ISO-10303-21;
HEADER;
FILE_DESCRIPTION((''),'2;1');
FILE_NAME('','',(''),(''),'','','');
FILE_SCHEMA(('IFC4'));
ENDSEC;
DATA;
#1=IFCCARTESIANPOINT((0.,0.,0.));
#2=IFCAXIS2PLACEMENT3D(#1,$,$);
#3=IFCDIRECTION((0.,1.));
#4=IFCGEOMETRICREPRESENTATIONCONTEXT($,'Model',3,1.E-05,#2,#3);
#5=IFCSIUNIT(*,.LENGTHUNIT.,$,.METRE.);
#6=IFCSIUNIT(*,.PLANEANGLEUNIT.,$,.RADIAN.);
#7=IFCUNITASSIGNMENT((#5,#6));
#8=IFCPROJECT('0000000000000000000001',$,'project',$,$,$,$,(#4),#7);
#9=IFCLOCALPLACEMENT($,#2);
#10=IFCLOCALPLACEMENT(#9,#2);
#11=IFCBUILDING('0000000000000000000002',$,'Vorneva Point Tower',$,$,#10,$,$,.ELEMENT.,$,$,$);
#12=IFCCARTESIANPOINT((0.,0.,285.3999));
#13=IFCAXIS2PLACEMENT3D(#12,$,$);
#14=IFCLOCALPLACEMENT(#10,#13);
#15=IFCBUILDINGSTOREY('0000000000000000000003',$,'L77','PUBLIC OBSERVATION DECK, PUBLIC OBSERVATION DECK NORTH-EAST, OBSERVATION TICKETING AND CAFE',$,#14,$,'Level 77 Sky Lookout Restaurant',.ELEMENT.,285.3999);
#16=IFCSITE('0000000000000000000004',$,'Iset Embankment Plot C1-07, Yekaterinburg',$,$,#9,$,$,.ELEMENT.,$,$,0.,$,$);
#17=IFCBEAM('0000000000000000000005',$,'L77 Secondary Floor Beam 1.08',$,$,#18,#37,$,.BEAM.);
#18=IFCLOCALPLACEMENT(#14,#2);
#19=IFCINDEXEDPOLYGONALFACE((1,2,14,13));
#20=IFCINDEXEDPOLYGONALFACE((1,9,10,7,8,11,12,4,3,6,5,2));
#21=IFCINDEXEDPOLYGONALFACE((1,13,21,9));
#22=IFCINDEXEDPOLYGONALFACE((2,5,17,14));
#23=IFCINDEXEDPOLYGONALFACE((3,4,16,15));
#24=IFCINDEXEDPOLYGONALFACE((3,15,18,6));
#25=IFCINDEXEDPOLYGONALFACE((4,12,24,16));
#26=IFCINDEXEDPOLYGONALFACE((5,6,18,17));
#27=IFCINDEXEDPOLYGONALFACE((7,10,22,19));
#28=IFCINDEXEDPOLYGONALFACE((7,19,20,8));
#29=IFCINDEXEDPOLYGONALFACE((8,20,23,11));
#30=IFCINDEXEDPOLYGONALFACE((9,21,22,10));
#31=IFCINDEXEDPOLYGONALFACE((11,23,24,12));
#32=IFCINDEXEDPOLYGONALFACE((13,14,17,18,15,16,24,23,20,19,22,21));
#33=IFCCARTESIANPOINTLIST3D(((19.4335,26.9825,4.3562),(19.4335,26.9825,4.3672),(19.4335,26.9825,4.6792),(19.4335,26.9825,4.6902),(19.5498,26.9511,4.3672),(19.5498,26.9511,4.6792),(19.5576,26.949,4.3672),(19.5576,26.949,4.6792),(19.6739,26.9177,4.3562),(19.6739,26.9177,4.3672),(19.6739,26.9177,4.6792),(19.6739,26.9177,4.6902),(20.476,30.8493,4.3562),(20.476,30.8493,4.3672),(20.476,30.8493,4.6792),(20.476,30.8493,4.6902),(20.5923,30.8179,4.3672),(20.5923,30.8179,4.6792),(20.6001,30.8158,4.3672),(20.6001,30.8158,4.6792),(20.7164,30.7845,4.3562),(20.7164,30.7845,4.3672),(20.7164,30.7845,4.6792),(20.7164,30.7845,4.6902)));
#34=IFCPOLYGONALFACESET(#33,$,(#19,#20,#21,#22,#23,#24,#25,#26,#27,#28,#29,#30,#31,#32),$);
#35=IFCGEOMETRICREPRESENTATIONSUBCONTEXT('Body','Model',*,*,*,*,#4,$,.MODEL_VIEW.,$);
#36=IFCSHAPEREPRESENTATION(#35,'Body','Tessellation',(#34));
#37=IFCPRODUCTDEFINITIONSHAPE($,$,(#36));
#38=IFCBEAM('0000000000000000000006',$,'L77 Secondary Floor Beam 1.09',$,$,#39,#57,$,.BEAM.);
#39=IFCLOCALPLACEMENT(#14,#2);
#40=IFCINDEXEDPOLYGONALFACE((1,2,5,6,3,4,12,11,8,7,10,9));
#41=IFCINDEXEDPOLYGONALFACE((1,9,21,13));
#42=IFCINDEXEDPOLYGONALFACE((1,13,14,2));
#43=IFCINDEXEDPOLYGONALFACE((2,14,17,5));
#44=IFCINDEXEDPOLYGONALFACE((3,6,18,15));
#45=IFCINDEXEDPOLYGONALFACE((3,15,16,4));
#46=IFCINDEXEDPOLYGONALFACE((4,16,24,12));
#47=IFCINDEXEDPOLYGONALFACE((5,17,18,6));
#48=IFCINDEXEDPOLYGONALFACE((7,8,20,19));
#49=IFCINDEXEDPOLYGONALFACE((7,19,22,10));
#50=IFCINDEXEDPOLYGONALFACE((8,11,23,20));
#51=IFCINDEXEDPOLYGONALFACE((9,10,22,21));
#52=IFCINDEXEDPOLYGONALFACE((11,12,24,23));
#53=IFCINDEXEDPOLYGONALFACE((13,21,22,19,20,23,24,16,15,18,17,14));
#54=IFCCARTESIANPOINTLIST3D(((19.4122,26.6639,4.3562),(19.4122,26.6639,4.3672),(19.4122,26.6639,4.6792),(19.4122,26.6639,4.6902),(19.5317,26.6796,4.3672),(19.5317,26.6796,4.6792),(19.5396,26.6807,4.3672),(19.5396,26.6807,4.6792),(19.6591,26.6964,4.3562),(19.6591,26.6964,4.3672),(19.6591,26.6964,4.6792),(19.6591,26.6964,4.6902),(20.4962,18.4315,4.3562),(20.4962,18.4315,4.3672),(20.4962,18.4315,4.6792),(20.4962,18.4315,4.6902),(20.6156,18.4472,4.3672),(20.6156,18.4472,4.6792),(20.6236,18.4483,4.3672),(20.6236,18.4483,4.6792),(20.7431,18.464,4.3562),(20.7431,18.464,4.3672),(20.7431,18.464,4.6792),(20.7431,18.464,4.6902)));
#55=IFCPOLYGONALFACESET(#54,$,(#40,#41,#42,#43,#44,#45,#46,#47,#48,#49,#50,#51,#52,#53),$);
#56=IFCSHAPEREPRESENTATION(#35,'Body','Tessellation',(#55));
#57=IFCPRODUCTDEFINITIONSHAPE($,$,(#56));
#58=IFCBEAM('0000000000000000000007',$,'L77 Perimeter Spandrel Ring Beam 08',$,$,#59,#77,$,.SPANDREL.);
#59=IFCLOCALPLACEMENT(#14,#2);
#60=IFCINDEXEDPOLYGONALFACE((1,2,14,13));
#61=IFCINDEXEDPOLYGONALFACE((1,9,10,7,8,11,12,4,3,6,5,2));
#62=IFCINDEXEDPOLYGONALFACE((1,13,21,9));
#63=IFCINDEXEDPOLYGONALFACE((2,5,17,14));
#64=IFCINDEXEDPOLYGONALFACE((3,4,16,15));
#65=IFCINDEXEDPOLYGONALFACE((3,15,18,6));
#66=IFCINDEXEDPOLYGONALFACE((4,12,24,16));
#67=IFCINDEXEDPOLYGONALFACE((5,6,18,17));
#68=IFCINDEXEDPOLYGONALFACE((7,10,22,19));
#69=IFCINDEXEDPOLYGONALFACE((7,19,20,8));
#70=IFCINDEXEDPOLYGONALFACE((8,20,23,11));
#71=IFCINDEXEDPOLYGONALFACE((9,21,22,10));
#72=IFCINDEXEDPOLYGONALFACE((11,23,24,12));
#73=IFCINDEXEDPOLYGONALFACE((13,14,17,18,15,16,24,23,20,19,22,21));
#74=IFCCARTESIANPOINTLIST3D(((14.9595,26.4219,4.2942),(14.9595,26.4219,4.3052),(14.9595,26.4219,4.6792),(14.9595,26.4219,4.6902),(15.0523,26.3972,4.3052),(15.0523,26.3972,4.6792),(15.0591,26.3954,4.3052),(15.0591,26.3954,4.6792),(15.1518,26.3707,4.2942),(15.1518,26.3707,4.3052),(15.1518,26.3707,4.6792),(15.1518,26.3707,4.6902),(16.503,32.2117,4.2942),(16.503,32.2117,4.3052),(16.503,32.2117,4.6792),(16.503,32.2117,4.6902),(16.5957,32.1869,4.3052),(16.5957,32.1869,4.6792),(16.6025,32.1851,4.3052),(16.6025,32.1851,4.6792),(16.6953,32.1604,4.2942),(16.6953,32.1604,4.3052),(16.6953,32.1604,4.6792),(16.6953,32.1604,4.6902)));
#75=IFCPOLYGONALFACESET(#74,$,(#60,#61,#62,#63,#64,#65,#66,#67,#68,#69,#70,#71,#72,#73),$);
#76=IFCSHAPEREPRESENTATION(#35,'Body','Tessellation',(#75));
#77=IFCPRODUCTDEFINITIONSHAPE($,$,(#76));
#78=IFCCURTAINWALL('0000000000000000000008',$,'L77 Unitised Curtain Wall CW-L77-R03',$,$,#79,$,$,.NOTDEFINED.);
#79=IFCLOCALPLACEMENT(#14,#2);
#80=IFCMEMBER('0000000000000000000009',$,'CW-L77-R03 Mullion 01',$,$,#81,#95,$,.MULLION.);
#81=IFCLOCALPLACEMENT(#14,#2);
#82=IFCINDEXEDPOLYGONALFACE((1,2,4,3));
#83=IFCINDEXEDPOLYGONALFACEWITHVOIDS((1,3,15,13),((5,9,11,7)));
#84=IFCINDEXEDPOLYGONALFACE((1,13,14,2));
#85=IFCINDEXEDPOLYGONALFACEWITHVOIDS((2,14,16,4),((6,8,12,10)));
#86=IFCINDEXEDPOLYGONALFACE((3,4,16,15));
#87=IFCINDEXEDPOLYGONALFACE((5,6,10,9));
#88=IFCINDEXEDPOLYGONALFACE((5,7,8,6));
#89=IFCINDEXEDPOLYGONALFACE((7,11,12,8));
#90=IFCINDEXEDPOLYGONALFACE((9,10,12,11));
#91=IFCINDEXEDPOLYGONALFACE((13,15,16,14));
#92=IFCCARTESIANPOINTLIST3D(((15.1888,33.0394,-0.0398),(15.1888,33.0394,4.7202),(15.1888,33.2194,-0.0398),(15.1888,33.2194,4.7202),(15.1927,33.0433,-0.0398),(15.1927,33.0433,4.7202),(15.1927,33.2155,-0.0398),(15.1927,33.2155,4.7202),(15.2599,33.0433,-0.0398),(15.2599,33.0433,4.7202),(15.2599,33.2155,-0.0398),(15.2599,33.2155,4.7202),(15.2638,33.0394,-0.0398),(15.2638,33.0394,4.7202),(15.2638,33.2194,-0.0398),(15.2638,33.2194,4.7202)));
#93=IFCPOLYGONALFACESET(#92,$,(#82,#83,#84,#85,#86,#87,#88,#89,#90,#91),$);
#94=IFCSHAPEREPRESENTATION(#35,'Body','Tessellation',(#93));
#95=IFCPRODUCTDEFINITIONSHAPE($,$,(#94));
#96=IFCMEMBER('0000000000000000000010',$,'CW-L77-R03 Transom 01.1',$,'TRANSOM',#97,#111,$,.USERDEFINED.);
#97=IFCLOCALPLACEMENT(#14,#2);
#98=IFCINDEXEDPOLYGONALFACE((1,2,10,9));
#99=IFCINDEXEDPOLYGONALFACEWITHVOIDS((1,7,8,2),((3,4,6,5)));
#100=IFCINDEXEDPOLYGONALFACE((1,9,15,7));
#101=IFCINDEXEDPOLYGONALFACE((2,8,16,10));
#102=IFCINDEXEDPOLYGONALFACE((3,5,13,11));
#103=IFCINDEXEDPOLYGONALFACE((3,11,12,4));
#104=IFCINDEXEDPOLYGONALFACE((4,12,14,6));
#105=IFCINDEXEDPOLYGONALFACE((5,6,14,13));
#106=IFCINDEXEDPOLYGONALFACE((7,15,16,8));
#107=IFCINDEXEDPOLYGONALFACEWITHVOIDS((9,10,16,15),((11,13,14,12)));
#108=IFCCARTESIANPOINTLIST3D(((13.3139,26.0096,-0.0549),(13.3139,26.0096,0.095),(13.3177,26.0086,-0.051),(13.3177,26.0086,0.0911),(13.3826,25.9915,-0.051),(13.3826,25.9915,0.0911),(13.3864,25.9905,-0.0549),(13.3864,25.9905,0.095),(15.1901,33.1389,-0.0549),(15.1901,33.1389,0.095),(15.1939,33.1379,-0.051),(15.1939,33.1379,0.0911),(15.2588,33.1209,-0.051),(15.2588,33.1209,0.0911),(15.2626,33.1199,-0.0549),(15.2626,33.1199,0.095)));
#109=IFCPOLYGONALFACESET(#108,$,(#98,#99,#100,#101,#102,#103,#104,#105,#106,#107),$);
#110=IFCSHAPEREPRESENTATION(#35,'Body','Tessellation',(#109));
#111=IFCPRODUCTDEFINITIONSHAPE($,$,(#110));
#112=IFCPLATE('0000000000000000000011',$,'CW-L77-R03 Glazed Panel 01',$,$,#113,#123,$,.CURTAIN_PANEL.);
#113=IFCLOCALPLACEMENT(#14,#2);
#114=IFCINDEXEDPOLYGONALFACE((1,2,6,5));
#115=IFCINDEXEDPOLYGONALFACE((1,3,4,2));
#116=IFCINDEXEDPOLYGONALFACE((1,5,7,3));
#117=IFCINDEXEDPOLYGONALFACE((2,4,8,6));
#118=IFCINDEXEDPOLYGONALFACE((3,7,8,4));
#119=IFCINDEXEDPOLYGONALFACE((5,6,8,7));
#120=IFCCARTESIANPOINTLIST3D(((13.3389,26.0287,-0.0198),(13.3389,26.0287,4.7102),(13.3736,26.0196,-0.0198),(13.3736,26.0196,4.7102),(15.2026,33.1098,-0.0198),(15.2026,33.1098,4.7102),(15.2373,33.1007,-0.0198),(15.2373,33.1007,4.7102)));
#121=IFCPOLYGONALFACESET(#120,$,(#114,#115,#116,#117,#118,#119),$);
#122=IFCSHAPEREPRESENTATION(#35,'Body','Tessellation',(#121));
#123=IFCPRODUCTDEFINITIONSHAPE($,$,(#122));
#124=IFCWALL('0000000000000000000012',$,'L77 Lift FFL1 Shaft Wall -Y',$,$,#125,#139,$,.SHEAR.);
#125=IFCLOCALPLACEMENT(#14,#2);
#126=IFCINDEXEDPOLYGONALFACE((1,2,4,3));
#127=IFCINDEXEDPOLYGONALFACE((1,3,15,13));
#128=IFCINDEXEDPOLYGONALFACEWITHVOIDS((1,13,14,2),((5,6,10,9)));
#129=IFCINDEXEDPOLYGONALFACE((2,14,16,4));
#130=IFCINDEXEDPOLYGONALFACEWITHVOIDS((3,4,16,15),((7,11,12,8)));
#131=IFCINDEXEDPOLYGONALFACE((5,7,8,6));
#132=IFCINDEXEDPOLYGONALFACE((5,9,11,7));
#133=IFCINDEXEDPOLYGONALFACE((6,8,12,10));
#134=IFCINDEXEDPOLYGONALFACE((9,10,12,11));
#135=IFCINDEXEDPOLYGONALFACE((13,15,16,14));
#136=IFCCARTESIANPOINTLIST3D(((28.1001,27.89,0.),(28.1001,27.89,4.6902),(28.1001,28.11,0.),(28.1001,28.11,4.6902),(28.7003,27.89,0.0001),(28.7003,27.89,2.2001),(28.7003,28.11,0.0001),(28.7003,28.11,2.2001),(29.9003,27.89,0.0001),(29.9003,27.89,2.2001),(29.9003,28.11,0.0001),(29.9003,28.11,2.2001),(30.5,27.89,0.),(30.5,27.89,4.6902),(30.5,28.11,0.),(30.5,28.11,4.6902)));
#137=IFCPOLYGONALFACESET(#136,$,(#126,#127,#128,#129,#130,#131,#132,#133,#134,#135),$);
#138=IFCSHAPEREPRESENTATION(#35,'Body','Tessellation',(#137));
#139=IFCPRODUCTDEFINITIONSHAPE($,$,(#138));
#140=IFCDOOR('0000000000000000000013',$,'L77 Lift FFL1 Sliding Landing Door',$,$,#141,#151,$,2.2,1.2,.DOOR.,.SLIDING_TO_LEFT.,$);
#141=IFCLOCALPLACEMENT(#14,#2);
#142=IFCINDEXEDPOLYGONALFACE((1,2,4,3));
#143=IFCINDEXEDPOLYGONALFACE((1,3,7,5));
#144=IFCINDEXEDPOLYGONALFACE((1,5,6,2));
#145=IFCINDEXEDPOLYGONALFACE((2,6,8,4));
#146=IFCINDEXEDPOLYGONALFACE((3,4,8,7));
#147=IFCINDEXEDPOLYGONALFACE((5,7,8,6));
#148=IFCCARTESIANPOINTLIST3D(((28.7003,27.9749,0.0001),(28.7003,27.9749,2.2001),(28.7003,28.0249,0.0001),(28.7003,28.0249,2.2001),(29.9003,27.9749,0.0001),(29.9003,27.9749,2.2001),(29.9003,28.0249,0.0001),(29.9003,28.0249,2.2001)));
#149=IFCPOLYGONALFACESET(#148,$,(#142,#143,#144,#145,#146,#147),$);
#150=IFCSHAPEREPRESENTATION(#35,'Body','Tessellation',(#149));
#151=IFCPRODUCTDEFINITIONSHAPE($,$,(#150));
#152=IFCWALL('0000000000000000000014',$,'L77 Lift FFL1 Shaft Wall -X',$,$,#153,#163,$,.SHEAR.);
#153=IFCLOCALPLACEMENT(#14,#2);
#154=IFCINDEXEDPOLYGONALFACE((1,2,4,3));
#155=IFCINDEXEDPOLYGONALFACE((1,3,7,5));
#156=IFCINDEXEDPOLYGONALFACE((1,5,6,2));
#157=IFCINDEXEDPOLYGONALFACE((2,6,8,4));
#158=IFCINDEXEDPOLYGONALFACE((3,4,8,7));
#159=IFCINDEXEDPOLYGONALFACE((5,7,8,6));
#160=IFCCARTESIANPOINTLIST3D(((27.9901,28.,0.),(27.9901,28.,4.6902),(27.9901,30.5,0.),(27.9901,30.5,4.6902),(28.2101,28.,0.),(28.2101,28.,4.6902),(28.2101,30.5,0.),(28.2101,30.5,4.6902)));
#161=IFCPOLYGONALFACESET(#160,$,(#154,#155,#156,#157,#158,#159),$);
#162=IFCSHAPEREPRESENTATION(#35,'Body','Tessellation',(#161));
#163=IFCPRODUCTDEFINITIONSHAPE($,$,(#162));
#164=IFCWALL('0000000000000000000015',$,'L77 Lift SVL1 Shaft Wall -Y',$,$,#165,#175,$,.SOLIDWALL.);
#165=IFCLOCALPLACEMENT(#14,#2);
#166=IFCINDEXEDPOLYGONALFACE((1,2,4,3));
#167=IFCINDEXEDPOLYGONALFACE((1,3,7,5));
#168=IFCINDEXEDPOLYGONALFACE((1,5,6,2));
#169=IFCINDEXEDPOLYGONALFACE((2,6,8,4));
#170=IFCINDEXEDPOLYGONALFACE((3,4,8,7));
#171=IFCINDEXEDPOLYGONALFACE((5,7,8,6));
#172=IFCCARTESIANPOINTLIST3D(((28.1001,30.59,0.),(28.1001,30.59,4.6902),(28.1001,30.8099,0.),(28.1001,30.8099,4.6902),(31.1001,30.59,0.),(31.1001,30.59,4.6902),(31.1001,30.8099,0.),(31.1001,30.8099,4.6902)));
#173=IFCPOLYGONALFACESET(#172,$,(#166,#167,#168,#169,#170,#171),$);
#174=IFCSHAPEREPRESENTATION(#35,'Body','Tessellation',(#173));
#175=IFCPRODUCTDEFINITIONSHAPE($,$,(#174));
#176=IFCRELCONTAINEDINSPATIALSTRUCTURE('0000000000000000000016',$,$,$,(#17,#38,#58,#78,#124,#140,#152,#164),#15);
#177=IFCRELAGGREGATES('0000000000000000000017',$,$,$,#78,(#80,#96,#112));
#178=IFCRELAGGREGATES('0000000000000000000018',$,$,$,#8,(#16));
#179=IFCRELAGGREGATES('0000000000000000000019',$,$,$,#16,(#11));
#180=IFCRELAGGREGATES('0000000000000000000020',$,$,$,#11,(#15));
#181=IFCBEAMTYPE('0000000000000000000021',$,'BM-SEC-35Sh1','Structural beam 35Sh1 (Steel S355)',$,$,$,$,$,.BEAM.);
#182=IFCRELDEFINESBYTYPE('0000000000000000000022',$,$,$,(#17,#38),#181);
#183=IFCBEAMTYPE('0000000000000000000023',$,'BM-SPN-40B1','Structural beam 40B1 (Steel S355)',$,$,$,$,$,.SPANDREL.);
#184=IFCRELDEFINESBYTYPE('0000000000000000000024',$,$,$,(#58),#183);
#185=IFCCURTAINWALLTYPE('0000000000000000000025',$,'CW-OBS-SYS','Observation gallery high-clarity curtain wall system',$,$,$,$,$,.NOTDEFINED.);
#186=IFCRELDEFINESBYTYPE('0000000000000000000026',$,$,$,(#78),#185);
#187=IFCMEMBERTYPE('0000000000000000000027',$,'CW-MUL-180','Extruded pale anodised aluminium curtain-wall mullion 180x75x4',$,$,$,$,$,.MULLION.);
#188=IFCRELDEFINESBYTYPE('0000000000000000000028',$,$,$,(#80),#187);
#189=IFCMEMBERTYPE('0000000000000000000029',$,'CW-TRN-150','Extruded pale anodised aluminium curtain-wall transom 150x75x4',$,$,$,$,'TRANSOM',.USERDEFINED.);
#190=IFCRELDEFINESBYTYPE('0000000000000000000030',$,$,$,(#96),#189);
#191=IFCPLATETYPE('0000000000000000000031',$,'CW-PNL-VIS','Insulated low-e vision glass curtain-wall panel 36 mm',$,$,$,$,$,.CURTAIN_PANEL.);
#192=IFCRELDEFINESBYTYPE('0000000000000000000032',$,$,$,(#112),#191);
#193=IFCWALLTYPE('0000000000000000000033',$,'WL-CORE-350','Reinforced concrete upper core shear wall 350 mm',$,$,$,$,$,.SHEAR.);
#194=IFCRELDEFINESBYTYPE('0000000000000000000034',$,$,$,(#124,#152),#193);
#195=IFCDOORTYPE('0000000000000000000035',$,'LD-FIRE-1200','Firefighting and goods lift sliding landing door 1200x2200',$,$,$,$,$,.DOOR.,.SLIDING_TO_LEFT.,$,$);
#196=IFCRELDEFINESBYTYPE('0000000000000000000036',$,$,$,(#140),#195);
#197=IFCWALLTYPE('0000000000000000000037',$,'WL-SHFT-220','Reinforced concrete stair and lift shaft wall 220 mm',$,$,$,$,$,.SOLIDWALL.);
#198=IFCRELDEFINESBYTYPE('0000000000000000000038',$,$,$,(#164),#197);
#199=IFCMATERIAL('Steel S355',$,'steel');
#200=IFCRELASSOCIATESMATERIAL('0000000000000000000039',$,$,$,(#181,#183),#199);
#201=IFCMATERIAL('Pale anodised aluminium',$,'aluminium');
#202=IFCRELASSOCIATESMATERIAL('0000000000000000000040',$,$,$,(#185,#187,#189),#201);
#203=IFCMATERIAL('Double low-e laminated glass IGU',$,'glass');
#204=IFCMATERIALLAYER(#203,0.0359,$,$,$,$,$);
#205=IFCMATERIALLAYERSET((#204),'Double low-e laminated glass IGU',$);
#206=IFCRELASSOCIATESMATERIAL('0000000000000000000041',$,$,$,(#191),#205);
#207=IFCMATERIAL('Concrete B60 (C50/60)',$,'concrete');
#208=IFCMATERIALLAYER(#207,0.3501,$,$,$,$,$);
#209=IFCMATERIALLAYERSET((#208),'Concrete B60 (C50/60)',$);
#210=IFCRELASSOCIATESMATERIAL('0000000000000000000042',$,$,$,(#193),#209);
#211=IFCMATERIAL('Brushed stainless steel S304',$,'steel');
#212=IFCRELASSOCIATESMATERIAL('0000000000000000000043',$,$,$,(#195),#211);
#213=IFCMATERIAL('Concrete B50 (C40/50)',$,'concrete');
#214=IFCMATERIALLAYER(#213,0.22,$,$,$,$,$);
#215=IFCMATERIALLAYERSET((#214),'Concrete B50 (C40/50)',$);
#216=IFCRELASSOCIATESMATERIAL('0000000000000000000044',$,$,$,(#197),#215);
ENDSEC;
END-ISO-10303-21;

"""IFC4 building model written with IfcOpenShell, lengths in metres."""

from ifc_helpers import new_model, si_unit, direction, frame, frame_2d, origin, origin_2d, place, context, subcontext, project, spatial, rectangle, hollow_rectangle, i_section, extrude, material, layer, layer_set, material_profile, profile_set, type_object, element, fill, aggregate, save


model = new_model("IFC4")

# Units and contexts
model_context = context("Model", 3, precision=1e-05, world=origin(), true_north=direction((0.0, 1.0)))
body_context = subcontext(model_context, "Body", "Model", "MODEL_VIEW")
ifc_project = project(units=[si_unit("LENGTHUNIT", "METRE"), si_unit("PLANEANGLEUNIT", "RADIAN")], contexts=[model_context])

# Site, building, storey
site_placement = place(None, origin())
site = spatial("IfcSite", under=ifc_project, at=site_placement, Name="Iset Embankment Plot C1-07, Yekaterinburg", CompositionType="ELEMENT", RefElevation=0.0)
building_placement = place(site_placement, origin())
building = spatial("IfcBuilding", under=site, at=building_placement, Name="Vorneva Point Tower", CompositionType="ELEMENT")
storey_placement = place(building_placement, frame((0.0, 0.0, 285.3999)))
storey = spatial("IfcBuildingStorey", under=building, at=storey_placement, Name="L77", Description="PUBLIC OBSERVATION DECK, PUBLIC OBSERVATION DECK NORTH-EAST, OBSERVATION TICKETING AND CAFE", LongName="Level 77 Sky Lookout Restaurant", CompositionType="ELEMENT", Elevation=285.3999)

# Shared definitions
ifc_material_1 = material(Name="Concrete B50 (C40/50)", Category="concrete")

# Beams
ifc_material_2 = material(Name="Steel S355", Category="steel")
ifc_material_profile_1 = material_profile(ifc_material_2, i_section(OverallWidth=0.249, OverallDepth=0.334, WebThickness=0.0081, FlangeThickness=0.011, at=origin_2d()), Name="35Sh1")
ifc_profile_set_1 = profile_set([ifc_material_profile_1], Name="Steel S355")
beam_type_1 = type_object("IfcBeamType", Name="BM-SEC-35Sh1", Description="Structural beam 35Sh1 (Steel S355)", PredefinedType="BEAM", material=ifc_profile_set_1)
beam_1_placement = place(storey_placement, frame((20.5962, 30.8169, 4.5232), z_axis=(-0.26031, -0.965525, 0.0), x_axis=(0.965525, -0.26031, 0.0)))
element("IfcBeam", 1, at=beam_1_placement, inside=storey, type_object=beam_type_1, Name="L77 Secondary Floor Beam 1.08", PredefinedType="BEAM", context=body_context, shape_type="SweptSolid", body=[
    extrude(i_section(OverallWidth=0.249, OverallDepth=0.334, WebThickness=0.0081, FlangeThickness=0.011, at=origin_2d()), origin(), (0.0, 0.0, 1.0), 4.0049),
])
beam_2_placement = place(storey_placement, frame((19.5356, 26.6802, 4.5232), z_axis=(0.130546, -0.991442, 0.0), x_axis=(0.991442, 0.130546, 0.0)))
element("IfcBeam", 2, at=beam_2_placement, inside=storey, type_object=beam_type_1, Name="L77 Secondary Floor Beam 1.09", PredefinedType="BEAM", context=body_context, shape_type="SweptSolid", body=[
    extrude(i_section(OverallWidth=0.249, OverallDepth=0.334, WebThickness=0.0081, FlangeThickness=0.011, at=origin_2d()), origin(), (0.0, 0.0, 1.0), 8.3035),
])
ifc_material_profile_2 = material_profile(ifc_material_2, i_section(OverallWidth=0.199, OverallDepth=0.396, WebThickness=0.0071, FlangeThickness=0.011, at=origin_2d()), Name="40B1")
ifc_profile_set_2 = profile_set([ifc_material_profile_2], Name="Steel S355")
beam_type_2 = type_object("IfcBeamType", Name="BM-SPN-40B1", Description="Structural beam 40B1 (Steel S355)", PredefinedType="SPANDREL", material=ifc_profile_set_2)
beam_3_placement = place(storey_placement, frame((16.5991, 32.186, 4.4922), z_axis=(-0.257587, -0.966255, 0.0), x_axis=(0.966255, -0.257587, 0.0)))
element("IfcBeam", 3, at=beam_3_placement, inside=storey, type_object=beam_type_2, Name="L77 Perimeter Spandrel Ring Beam 08", PredefinedType="SPANDREL", context=body_context, shape_type="SweptSolid", body=[
    extrude(i_section(OverallWidth=0.199, OverallDepth=0.396, WebThickness=0.0071, FlangeThickness=0.011, at=origin_2d()), origin(), (0.0, 0.0, 1.0), 5.9919),
])

# Curtain wall, members, plate
ifc_material_3 = material(Name="Pale anodised aluminium", Category="aluminium")
curtain_wall_type = type_object("IfcCurtainWallType", Name="CW-OBS-SYS", Description="Observation gallery high-clarity curtain wall system", PredefinedType="NOTDEFINED", material=ifc_material_3)
curtain_wall_placement = place(storey_placement, origin())
curtain_wall = element("IfcCurtainWall", 4, at=curtain_wall_placement, inside=storey, type_object=curtain_wall_type, Name="L77 Unitised Curtain Wall CW-L77-R03", PredefinedType="NOTDEFINED")
ifc_material_profile_3 = material_profile(ifc_material_3, hollow_rectangle(XDim=0.075, YDim=0.1799, WallThickness=0.0039, at=origin_2d()), Name="AL-MUL 180x75x4")
ifc_profile_set_3 = profile_set([ifc_material_profile_3], Name="Pale anodised aluminium")
member_type_1 = type_object("IfcMemberType", Name="CW-MUL-180", Description="Extruded pale anodised aluminium curtain-wall mullion 180x75x4", PredefinedType="MULLION", material=ifc_profile_set_3)
member_1_placement = place(storey_placement, frame((15.2263, 33.1294, -0.0398), z_axis=(0.0, 0.0, 1.0), x_axis=(1.0, 0.0, 0.0)))
member_1 = element("IfcMember", 5, at=member_1_placement, type_object=member_type_1, Name="CW-L77-R03 Mullion 01", PredefinedType="MULLION", context=body_context, shape_type="SweptSolid", body=[
    extrude(hollow_rectangle(XDim=0.075, YDim=0.1799, WallThickness=0.0039, at=origin_2d()), origin(), (0.0, 0.0, 1.0), 4.76),
])
ifc_material_profile_4 = material_profile(ifc_material_3, hollow_rectangle(XDim=0.075, YDim=0.1499, WallThickness=0.0039, at=origin_2d()), Name="AL-TRN 150x75x4")
ifc_profile_set_4 = profile_set([ifc_material_profile_4], Name="Pale anodised aluminium")
member_type_2 = type_object("IfcMemberType", Name="CW-TRN-150", Description="Extruded pale anodised aluminium curtain-wall transom 150x75x4", ElementType="TRANSOM", PredefinedType="USERDEFINED", material=ifc_profile_set_4)
member_2_placement = place(storey_placement, frame((15.2263, 33.1294, 0.02), z_axis=(-0.254501, -0.967072, 0.0), x_axis=(0.967072, -0.254501, 0.0)))
member_2 = element("IfcMember", 6, at=member_2_placement, type_object=member_type_2, Name="CW-L77-R03 Transom 01.1", ObjectType="TRANSOM", PredefinedType="USERDEFINED", context=body_context, shape_type="SweptSolid", body=[
    extrude(hollow_rectangle(XDim=0.075, YDim=0.1499, WallThickness=0.0039, at=origin_2d()), origin(), (0.0, 0.0, 1.0), 7.3721),
])
ifc_material_4 = material(Name="Double low-e laminated glass IGU", Category="glass")
ifc_layer_1 = layer(ifc_material_4, 0.0359)
ifc_layer_set_1 = layer_set([ifc_layer_1], Name="Double low-e laminated glass IGU")
plate_type = type_object("IfcPlateType", Name="CW-PNL-VIS", Description="Insulated low-e vision glass curtain-wall panel 36 mm", PredefinedType="CURTAIN_PANEL", material=ifc_layer_set_1)
plate_placement = place(storey_placement, frame((14.2881, 29.5647, -0.0198), z_axis=(0.0, 0.0, 1.0), x_axis=(-0.254518, -0.967068, 0.0)))
plate = element("IfcPlate", 7, at=plate_placement, type_object=plate_type, Name="CW-L77-R03 Glazed Panel 01", PredefinedType="CURTAIN_PANEL", context=body_context, shape_type="SweptSolid", body=[
    extrude(rectangle(XDim=7.3223, YDim=0.0359, at=origin_2d()), origin(), (0.0, 0.0, 1.0), 4.73),
])
aggregate(curtain_wall, [member_1, member_2, plate])

# Wall, opening, door
ifc_material_5 = material(Name="Concrete B60 (C50/60)", Category="concrete")
ifc_layer_2 = layer(ifc_material_5, 0.3501)
ifc_layer_set_2 = layer_set([ifc_layer_2], Name="Concrete B60 (C50/60)")
wall_type_1 = type_object("IfcWallType", Name="WL-CORE-350", Description="Reinforced concrete upper core shear wall 350 mm", PredefinedType="SHEAR", material=ifc_layer_set_2)
wall_1_placement = place(storey_placement, frame((28.1001, 28.0, 0.0), z_axis=(0.0, 0.0, 1.0), x_axis=(1.0, 0.0, 0.0)))
wall_1 = element("IfcWall", 8, at=wall_1_placement, inside=storey, type_object=wall_type_1, Name="L77 Lift FFL1 Shaft Wall -Y", PredefinedType="SHEAR", context=body_context, shape_type="SweptSolid", body=[
    extrude(rectangle(XDim=2.3999, YDim=0.22, at=frame_2d((1.2, 0.0))), origin(), (0.0, 0.0, 1.0), 4.6902),
])
opening_1_placement = place(wall_1_placement, frame((0.6001, 0.0, 0.0)))
opening_1 = element("IfcOpeningElement", 9, at=opening_1_placement, cuts=wall_1, PredefinedType="OPENING", context=body_context, shape_type="SweptSolid", body=[
    extrude(rectangle(XDim=1.2, YDim=2.2, at=frame_2d((0.6001, 1.1001))), frame((0.0, 0.125, 0.0), z_axis=(0.0, -1.0, 0.0), x_axis=(1.0, 0.0, 0.0)), (0.0, 0.0, 1.0), 0.2498),
])
ifc_material_6 = material(Name="Brushed stainless steel S304", Category="steel")
door_type_1 = type_object("IfcDoorType", Name="LD-FIRE-1200", Description="Firefighting and goods lift sliding landing door 1200x2200", OperationType="SLIDING_TO_LEFT", PredefinedType="DOOR", material=ifc_material_6)
door_1_placement = place(opening_1_placement, origin())
door_1 = element("IfcDoor", 10, at=door_1_placement, inside=storey, type_object=door_type_1, Name="L77 Lift FFL1 Sliding Landing Door", OperationType="SLIDING_TO_LEFT", OverallHeight=2.2, OverallWidth=1.2, PredefinedType="DOOR", context=body_context, shape_type="SweptSolid", body=[
    extrude(rectangle(XDim=1.2, YDim=2.2, at=frame_2d((0.6001, 1.1001))), frame((0.0, 0.0249, 0.0), z_axis=(0.0, -1.0, 0.0), x_axis=(1.0, 0.0, 0.0)), (0.0, 0.0, 1.0), 0.05),
])
fill(opening_1, door_1)

# Wall
wall_2_placement = place(storey_placement, frame((28.1001, 30.5, 0.0), z_axis=(0.0, 0.0, 1.0), x_axis=(0.0, -1.0, 0.0)))
element("IfcWall", 11, at=wall_2_placement, inside=storey, type_object=wall_type_1, Name="L77 Lift FFL1 Shaft Wall -X", PredefinedType="SHEAR", context=body_context, shape_type="SweptSolid", body=[
    extrude(rectangle(XDim=2.5, YDim=0.22, at=frame_2d((1.25, 0.0))), origin(), (0.0, 0.0, 1.0), 4.6902),
])

# Wall
ifc_layer_3 = layer(ifc_material_1, 0.22)
ifc_layer_set_3 = layer_set([ifc_layer_3], Name="Concrete B50 (C40/50)")
wall_type_2 = type_object("IfcWallType", Name="WL-SHFT-220", Description="Reinforced concrete stair and lift shaft wall 220 mm", PredefinedType="SOLIDWALL", material=ifc_layer_set_3)
wall_3_placement = place(storey_placement, frame((28.1001, 30.7, 0.0), z_axis=(0.0, 0.0, 1.0), x_axis=(1.0, 0.0, 0.0)))
element("IfcWall", 12, at=wall_3_placement, inside=storey, type_object=wall_type_2, Name="L77 Lift SVL1 Shaft Wall -Y", PredefinedType="SOLIDWALL", context=body_context, shape_type="SweptSolid", body=[
    extrude(rectangle(XDim=3.0, YDim=0.22, at=frame_2d((1.5, 0.0))), origin(), (0.0, 0.0, 1.0), 4.6902),
])

save(model, "model.ifc")
